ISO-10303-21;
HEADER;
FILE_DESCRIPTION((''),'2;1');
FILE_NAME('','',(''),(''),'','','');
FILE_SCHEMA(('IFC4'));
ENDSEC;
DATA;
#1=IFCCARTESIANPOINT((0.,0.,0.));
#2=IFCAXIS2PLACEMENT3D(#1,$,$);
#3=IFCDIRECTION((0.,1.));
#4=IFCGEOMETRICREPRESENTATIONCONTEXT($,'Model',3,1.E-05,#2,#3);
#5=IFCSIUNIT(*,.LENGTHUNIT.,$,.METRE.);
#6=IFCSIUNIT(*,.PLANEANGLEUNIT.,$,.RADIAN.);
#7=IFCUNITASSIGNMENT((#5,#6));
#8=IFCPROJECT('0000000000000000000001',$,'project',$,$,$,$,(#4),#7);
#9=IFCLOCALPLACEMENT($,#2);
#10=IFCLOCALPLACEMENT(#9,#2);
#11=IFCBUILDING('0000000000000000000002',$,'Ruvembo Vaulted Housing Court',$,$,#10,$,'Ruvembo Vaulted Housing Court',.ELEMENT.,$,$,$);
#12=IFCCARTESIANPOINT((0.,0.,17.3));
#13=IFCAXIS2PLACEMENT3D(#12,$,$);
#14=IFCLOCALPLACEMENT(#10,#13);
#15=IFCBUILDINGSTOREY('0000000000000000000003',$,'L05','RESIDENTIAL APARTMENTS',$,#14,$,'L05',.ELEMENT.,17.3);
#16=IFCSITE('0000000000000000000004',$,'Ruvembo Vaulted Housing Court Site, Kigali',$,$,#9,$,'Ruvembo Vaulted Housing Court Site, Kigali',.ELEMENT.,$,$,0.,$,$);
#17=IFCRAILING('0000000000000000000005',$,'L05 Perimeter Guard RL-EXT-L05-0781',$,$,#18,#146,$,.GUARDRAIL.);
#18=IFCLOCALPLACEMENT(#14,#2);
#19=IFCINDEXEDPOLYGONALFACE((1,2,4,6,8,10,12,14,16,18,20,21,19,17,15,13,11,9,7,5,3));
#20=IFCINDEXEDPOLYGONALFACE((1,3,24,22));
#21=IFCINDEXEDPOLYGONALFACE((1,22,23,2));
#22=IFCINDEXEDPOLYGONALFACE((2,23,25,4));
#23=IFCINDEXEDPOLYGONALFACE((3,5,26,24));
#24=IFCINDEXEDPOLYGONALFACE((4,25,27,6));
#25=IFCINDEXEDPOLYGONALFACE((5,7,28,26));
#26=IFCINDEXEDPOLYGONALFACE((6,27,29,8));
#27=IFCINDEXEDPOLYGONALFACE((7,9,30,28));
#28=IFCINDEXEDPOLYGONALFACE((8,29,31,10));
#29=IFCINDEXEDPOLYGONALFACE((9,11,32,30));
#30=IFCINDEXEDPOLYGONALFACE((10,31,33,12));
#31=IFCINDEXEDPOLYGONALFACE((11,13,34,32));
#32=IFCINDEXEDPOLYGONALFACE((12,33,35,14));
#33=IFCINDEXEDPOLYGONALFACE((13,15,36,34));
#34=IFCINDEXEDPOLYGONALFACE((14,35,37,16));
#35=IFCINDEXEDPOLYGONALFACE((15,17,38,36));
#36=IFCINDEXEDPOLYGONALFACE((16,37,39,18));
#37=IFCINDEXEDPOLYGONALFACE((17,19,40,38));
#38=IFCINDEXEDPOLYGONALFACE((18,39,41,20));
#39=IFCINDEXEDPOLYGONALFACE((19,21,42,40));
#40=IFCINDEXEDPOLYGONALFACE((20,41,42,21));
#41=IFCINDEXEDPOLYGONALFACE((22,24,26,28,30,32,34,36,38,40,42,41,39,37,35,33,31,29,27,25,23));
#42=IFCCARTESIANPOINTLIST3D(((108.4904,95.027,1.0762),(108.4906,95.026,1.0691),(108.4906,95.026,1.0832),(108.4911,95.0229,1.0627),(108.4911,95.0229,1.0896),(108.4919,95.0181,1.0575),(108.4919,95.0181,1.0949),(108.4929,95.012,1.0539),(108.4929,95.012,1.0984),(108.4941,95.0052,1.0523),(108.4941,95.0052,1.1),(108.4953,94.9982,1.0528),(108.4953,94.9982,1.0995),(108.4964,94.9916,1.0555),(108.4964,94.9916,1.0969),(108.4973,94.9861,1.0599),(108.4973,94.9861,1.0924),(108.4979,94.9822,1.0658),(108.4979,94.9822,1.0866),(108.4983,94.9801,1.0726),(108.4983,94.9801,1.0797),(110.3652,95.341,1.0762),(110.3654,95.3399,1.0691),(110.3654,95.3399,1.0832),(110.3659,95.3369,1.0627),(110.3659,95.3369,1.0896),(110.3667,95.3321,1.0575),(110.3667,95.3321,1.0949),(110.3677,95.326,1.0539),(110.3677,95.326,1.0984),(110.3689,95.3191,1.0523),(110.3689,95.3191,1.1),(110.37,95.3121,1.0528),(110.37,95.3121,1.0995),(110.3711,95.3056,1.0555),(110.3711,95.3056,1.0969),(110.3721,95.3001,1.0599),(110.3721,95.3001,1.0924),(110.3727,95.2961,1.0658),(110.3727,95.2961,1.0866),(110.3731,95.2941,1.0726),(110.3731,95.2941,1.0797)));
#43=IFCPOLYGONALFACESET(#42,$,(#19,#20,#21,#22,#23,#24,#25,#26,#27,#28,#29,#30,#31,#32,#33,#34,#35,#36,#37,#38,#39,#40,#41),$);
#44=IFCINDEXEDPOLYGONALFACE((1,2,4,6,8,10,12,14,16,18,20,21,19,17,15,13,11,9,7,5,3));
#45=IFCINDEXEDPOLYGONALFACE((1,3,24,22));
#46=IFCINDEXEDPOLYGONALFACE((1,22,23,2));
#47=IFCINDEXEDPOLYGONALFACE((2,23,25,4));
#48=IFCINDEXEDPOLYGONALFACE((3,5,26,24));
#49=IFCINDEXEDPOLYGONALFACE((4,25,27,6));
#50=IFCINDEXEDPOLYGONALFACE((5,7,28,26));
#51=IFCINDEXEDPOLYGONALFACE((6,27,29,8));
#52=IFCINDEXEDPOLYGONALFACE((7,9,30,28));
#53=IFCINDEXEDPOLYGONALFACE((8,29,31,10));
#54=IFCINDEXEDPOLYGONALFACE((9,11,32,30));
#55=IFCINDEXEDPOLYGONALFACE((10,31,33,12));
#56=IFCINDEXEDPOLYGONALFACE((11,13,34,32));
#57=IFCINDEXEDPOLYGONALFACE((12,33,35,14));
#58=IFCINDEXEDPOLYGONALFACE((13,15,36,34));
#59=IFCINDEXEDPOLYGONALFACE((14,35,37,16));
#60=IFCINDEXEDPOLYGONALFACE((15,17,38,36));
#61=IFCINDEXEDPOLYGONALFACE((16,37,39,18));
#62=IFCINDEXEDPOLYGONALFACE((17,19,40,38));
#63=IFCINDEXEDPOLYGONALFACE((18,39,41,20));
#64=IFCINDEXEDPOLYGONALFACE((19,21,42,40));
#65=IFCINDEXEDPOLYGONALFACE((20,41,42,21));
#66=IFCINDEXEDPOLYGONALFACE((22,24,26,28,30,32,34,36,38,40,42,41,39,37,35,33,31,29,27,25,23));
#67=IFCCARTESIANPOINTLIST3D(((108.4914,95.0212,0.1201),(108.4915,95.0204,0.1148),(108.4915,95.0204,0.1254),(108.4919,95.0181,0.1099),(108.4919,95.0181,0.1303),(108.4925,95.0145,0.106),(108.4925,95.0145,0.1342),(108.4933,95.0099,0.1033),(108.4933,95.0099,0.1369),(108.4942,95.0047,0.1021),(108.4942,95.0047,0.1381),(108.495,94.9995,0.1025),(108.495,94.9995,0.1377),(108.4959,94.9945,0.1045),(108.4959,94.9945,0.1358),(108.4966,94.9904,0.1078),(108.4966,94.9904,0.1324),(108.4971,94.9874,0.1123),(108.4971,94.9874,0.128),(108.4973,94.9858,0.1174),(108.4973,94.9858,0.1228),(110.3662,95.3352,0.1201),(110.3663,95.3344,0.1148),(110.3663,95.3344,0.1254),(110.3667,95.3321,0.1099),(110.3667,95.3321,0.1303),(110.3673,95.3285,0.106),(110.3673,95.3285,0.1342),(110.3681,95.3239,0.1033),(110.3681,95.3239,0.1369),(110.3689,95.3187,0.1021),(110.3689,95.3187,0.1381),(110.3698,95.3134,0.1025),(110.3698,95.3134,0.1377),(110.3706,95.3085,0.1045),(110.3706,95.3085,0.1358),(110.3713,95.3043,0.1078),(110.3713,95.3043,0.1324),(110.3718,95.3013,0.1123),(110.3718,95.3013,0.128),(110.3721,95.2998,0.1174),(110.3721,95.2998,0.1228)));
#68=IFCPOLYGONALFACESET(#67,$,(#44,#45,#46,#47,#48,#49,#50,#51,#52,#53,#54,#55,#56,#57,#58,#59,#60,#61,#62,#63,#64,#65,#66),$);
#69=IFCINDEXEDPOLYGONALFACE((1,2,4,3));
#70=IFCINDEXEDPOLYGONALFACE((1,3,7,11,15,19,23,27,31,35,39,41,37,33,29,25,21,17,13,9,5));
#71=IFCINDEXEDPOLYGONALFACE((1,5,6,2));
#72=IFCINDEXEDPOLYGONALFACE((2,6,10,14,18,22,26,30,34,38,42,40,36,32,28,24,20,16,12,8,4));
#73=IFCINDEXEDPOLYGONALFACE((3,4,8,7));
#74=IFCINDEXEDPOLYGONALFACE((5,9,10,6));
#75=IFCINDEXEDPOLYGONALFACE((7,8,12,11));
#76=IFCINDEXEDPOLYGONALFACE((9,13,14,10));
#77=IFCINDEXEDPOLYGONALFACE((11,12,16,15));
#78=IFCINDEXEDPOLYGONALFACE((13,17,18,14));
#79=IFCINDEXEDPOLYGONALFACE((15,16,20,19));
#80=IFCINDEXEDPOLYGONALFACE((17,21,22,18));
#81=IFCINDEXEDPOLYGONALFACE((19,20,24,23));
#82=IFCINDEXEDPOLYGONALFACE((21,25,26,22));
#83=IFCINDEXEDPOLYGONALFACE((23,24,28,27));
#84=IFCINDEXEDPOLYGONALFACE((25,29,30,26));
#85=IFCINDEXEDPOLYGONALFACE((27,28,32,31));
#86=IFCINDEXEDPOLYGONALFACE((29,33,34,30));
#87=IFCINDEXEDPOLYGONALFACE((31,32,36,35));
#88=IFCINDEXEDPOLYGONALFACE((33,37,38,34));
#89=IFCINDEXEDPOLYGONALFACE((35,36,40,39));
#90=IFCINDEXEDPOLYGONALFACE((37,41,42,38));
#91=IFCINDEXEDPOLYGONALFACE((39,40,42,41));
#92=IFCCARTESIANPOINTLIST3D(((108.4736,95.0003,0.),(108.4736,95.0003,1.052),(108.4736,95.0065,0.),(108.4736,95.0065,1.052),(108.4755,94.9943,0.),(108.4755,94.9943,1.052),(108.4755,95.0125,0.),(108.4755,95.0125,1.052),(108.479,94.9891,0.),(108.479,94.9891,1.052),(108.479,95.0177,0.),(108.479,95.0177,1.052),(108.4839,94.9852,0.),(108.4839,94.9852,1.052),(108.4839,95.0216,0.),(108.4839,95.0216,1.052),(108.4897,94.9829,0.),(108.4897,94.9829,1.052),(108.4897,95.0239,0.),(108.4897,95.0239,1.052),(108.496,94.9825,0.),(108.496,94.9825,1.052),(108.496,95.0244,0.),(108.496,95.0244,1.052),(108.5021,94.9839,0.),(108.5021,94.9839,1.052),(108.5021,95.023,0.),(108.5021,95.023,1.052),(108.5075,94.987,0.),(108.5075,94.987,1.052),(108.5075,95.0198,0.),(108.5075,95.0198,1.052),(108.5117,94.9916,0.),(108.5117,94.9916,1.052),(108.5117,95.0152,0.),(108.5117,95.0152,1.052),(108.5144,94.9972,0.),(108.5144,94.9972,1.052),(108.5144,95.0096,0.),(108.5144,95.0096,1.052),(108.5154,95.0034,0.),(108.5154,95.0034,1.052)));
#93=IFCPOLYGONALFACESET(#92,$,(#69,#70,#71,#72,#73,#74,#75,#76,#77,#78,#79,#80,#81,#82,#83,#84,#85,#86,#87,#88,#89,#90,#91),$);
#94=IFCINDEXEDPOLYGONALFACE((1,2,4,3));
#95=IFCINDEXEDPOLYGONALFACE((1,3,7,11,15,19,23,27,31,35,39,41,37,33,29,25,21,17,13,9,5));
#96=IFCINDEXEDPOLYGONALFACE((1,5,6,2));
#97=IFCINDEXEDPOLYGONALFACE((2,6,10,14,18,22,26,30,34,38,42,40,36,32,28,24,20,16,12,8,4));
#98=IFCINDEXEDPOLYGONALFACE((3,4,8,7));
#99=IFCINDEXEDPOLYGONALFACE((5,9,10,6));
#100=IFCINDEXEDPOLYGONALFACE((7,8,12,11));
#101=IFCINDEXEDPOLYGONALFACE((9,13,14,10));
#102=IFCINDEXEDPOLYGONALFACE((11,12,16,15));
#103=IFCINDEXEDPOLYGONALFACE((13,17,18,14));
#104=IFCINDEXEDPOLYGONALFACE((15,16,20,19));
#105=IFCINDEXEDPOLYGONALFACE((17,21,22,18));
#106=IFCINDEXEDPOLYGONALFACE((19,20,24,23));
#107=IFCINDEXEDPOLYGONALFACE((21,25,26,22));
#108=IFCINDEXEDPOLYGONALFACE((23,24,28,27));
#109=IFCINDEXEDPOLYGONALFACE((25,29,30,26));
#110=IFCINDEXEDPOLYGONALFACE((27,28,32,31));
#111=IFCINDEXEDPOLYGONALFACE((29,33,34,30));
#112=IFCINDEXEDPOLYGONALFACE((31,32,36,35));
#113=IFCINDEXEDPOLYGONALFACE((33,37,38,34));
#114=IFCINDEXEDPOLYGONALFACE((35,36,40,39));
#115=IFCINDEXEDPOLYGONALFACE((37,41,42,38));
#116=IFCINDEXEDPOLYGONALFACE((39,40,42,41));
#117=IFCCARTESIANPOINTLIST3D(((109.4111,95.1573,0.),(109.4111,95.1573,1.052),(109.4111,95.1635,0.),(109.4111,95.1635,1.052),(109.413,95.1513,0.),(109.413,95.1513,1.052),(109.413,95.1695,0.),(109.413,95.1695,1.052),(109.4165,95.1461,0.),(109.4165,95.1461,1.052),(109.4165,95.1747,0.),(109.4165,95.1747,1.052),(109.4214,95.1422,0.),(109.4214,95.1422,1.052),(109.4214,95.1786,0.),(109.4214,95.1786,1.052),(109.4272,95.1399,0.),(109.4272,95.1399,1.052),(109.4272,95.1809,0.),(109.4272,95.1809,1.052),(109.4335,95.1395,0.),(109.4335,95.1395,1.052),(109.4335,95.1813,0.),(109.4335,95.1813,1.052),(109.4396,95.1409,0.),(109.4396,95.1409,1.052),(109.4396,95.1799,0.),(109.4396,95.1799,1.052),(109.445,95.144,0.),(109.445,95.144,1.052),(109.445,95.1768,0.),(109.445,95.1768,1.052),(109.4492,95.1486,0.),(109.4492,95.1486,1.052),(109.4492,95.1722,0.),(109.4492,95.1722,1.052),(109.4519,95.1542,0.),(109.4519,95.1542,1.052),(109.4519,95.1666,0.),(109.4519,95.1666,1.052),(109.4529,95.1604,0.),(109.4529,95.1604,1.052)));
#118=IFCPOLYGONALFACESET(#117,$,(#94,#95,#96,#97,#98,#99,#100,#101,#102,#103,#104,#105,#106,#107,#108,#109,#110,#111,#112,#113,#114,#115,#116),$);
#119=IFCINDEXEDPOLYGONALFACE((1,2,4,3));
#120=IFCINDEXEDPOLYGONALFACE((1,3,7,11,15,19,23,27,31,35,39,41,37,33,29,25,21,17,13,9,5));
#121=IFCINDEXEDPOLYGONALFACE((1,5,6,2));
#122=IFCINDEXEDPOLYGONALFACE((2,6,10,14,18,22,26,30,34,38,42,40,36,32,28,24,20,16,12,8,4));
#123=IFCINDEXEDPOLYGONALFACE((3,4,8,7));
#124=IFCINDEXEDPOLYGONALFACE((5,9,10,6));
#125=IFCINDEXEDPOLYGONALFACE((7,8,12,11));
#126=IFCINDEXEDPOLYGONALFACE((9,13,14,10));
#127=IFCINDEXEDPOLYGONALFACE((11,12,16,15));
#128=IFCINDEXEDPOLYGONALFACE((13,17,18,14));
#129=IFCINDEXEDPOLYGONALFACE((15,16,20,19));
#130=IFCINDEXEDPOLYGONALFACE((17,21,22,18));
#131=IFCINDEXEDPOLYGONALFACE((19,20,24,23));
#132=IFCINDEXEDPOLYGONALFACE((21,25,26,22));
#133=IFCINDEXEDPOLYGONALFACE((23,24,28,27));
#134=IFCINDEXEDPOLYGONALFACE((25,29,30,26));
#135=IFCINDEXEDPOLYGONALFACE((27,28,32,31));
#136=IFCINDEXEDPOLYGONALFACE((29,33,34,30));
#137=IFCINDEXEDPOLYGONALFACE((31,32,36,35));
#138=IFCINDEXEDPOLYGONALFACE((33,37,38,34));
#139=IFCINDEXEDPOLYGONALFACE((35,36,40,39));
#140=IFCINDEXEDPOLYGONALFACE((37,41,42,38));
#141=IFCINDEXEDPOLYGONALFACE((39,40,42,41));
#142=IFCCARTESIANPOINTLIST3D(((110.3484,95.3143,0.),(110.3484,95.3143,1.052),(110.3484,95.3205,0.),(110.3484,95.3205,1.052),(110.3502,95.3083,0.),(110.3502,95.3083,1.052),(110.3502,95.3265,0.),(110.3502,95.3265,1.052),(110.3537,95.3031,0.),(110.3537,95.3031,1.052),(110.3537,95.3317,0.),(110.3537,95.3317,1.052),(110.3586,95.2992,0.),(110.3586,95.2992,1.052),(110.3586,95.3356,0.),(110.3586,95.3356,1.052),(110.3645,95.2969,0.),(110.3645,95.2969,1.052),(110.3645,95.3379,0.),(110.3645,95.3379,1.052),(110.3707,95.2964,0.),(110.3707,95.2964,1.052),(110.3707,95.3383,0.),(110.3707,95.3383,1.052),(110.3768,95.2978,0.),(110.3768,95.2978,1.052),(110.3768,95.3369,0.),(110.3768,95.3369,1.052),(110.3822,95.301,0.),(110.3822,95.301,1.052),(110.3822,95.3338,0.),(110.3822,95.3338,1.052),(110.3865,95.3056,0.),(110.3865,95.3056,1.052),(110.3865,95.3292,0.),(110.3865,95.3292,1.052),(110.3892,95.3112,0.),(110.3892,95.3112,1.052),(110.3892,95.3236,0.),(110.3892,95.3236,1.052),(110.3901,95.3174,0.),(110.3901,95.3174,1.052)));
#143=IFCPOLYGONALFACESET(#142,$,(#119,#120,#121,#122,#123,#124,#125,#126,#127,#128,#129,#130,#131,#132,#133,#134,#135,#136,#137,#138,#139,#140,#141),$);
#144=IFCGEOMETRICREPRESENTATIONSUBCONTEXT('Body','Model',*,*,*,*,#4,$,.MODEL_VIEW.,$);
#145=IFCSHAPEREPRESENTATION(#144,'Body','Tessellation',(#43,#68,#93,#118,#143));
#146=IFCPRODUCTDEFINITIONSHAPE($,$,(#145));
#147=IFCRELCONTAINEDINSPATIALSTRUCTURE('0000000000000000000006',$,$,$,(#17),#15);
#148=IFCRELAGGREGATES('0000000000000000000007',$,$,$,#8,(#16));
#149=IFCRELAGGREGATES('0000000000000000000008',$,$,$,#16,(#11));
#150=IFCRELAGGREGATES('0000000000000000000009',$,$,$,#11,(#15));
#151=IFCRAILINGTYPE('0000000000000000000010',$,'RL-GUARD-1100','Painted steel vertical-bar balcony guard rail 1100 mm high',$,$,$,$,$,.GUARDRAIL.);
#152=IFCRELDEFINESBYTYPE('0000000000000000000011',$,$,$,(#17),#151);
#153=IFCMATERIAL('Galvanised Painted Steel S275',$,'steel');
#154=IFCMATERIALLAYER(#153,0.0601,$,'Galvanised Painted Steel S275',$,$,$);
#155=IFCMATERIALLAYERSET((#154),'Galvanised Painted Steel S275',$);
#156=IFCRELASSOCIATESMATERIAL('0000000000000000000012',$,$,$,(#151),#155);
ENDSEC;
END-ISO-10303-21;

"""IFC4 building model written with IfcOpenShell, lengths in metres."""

from ifc_helpers import new_model, si_unit, direction, frame, origin, origin_2d, place, context, subcontext, project, spatial, circle, extrude, material, layer, layer_set, type_object, element, save


model = new_model("IFC4")

# Units and contexts
model_context = context("Model", 3, precision=1e-05, world=origin(), true_north=direction((0.0, 1.0)))
body_context = subcontext(model_context, "Body", "Model", "MODEL_VIEW")
ifc_project = project(units=[si_unit("LENGTHUNIT", "METRE"), si_unit("PLANEANGLEUNIT", "RADIAN")], contexts=[model_context])

# Site, building, storey
site_placement = place(None, origin())
site = spatial("IfcSite", under=ifc_project, at=site_placement, Name="Ruvembo Vaulted Housing Court Site, Kigali", LongName="Ruvembo Vaulted Housing Court Site, Kigali", CompositionType="ELEMENT", RefElevation=0.0)
building_placement = place(site_placement, origin())
building = spatial("IfcBuilding", under=site, at=building_placement, Name="Ruvembo Vaulted Housing Court", LongName="Ruvembo Vaulted Housing Court", CompositionType="ELEMENT")
storey_placement = place(building_placement, frame((0.0, 0.0, 17.3)))
storey = spatial("IfcBuildingStorey", under=building, at=storey_placement, Name="L05", Description="RESIDENTIAL APARTMENTS", LongName="L05", CompositionType="ELEMENT", Elevation=17.3)

# Railing
ifc_material_1 = material(Name="Galvanised Painted Steel S275", Category="steel")
ifc_layer_1 = layer(ifc_material_1, 0.0601, Name="Galvanised Painted Steel S275")
ifc_layer_set_1 = layer_set([ifc_layer_1], Name="Galvanised Painted Steel S275")
railing_type_1 = type_object("IfcRailingType", Name="RL-GUARD-1100", Description="Painted steel vertical-bar balcony guard rail 1100 mm high", PredefinedType="GUARDRAIL", material=ifc_layer_set_1)
railing_1_placement = place(storey_placement, frame((108.4944, 95.0034, 0.0)))
element("IfcRailing", 1, at=railing_1_placement, inside=storey, type_object=railing_type_1, Name="L05 Perimeter Guard RL-EXT-L05-0781", PredefinedType="GUARDRAIL", context=body_context, shape_type="SweptSolid", body=[
    extrude(circle(Radius=0.0239, at=origin_2d()), frame((0.0, 0.0, 1.0762), z_axis=(0.986265, 0.16517, 0.0), x_axis=(-0.16517, 0.986265, 0.0)), (0.0, 0.0, 1.0), 1.9009),
    extrude(circle(Radius=0.0181, at=origin_2d()), frame((0.0, 0.0, 0.1201), z_axis=(0.986265, 0.16517, 0.0), x_axis=(-0.16517, 0.986265, 0.0)), (0.0, 0.0, 1.0), 1.9009),
    extrude(circle(Radius=0.021, at=origin_2d()), origin(), (0.0, 0.0, 1.0), 1.052),
    extrude(circle(Radius=0.021, at=origin_2d()), frame((0.9375, 0.157, 0.0)), (0.0, 0.0, 1.0), 1.052),
    extrude(circle(Radius=0.021, at=origin_2d()), frame((1.8748, 0.314, 0.0)), (0.0, 0.0, 1.0), 1.052),
])

save(model, "model.ifc")
